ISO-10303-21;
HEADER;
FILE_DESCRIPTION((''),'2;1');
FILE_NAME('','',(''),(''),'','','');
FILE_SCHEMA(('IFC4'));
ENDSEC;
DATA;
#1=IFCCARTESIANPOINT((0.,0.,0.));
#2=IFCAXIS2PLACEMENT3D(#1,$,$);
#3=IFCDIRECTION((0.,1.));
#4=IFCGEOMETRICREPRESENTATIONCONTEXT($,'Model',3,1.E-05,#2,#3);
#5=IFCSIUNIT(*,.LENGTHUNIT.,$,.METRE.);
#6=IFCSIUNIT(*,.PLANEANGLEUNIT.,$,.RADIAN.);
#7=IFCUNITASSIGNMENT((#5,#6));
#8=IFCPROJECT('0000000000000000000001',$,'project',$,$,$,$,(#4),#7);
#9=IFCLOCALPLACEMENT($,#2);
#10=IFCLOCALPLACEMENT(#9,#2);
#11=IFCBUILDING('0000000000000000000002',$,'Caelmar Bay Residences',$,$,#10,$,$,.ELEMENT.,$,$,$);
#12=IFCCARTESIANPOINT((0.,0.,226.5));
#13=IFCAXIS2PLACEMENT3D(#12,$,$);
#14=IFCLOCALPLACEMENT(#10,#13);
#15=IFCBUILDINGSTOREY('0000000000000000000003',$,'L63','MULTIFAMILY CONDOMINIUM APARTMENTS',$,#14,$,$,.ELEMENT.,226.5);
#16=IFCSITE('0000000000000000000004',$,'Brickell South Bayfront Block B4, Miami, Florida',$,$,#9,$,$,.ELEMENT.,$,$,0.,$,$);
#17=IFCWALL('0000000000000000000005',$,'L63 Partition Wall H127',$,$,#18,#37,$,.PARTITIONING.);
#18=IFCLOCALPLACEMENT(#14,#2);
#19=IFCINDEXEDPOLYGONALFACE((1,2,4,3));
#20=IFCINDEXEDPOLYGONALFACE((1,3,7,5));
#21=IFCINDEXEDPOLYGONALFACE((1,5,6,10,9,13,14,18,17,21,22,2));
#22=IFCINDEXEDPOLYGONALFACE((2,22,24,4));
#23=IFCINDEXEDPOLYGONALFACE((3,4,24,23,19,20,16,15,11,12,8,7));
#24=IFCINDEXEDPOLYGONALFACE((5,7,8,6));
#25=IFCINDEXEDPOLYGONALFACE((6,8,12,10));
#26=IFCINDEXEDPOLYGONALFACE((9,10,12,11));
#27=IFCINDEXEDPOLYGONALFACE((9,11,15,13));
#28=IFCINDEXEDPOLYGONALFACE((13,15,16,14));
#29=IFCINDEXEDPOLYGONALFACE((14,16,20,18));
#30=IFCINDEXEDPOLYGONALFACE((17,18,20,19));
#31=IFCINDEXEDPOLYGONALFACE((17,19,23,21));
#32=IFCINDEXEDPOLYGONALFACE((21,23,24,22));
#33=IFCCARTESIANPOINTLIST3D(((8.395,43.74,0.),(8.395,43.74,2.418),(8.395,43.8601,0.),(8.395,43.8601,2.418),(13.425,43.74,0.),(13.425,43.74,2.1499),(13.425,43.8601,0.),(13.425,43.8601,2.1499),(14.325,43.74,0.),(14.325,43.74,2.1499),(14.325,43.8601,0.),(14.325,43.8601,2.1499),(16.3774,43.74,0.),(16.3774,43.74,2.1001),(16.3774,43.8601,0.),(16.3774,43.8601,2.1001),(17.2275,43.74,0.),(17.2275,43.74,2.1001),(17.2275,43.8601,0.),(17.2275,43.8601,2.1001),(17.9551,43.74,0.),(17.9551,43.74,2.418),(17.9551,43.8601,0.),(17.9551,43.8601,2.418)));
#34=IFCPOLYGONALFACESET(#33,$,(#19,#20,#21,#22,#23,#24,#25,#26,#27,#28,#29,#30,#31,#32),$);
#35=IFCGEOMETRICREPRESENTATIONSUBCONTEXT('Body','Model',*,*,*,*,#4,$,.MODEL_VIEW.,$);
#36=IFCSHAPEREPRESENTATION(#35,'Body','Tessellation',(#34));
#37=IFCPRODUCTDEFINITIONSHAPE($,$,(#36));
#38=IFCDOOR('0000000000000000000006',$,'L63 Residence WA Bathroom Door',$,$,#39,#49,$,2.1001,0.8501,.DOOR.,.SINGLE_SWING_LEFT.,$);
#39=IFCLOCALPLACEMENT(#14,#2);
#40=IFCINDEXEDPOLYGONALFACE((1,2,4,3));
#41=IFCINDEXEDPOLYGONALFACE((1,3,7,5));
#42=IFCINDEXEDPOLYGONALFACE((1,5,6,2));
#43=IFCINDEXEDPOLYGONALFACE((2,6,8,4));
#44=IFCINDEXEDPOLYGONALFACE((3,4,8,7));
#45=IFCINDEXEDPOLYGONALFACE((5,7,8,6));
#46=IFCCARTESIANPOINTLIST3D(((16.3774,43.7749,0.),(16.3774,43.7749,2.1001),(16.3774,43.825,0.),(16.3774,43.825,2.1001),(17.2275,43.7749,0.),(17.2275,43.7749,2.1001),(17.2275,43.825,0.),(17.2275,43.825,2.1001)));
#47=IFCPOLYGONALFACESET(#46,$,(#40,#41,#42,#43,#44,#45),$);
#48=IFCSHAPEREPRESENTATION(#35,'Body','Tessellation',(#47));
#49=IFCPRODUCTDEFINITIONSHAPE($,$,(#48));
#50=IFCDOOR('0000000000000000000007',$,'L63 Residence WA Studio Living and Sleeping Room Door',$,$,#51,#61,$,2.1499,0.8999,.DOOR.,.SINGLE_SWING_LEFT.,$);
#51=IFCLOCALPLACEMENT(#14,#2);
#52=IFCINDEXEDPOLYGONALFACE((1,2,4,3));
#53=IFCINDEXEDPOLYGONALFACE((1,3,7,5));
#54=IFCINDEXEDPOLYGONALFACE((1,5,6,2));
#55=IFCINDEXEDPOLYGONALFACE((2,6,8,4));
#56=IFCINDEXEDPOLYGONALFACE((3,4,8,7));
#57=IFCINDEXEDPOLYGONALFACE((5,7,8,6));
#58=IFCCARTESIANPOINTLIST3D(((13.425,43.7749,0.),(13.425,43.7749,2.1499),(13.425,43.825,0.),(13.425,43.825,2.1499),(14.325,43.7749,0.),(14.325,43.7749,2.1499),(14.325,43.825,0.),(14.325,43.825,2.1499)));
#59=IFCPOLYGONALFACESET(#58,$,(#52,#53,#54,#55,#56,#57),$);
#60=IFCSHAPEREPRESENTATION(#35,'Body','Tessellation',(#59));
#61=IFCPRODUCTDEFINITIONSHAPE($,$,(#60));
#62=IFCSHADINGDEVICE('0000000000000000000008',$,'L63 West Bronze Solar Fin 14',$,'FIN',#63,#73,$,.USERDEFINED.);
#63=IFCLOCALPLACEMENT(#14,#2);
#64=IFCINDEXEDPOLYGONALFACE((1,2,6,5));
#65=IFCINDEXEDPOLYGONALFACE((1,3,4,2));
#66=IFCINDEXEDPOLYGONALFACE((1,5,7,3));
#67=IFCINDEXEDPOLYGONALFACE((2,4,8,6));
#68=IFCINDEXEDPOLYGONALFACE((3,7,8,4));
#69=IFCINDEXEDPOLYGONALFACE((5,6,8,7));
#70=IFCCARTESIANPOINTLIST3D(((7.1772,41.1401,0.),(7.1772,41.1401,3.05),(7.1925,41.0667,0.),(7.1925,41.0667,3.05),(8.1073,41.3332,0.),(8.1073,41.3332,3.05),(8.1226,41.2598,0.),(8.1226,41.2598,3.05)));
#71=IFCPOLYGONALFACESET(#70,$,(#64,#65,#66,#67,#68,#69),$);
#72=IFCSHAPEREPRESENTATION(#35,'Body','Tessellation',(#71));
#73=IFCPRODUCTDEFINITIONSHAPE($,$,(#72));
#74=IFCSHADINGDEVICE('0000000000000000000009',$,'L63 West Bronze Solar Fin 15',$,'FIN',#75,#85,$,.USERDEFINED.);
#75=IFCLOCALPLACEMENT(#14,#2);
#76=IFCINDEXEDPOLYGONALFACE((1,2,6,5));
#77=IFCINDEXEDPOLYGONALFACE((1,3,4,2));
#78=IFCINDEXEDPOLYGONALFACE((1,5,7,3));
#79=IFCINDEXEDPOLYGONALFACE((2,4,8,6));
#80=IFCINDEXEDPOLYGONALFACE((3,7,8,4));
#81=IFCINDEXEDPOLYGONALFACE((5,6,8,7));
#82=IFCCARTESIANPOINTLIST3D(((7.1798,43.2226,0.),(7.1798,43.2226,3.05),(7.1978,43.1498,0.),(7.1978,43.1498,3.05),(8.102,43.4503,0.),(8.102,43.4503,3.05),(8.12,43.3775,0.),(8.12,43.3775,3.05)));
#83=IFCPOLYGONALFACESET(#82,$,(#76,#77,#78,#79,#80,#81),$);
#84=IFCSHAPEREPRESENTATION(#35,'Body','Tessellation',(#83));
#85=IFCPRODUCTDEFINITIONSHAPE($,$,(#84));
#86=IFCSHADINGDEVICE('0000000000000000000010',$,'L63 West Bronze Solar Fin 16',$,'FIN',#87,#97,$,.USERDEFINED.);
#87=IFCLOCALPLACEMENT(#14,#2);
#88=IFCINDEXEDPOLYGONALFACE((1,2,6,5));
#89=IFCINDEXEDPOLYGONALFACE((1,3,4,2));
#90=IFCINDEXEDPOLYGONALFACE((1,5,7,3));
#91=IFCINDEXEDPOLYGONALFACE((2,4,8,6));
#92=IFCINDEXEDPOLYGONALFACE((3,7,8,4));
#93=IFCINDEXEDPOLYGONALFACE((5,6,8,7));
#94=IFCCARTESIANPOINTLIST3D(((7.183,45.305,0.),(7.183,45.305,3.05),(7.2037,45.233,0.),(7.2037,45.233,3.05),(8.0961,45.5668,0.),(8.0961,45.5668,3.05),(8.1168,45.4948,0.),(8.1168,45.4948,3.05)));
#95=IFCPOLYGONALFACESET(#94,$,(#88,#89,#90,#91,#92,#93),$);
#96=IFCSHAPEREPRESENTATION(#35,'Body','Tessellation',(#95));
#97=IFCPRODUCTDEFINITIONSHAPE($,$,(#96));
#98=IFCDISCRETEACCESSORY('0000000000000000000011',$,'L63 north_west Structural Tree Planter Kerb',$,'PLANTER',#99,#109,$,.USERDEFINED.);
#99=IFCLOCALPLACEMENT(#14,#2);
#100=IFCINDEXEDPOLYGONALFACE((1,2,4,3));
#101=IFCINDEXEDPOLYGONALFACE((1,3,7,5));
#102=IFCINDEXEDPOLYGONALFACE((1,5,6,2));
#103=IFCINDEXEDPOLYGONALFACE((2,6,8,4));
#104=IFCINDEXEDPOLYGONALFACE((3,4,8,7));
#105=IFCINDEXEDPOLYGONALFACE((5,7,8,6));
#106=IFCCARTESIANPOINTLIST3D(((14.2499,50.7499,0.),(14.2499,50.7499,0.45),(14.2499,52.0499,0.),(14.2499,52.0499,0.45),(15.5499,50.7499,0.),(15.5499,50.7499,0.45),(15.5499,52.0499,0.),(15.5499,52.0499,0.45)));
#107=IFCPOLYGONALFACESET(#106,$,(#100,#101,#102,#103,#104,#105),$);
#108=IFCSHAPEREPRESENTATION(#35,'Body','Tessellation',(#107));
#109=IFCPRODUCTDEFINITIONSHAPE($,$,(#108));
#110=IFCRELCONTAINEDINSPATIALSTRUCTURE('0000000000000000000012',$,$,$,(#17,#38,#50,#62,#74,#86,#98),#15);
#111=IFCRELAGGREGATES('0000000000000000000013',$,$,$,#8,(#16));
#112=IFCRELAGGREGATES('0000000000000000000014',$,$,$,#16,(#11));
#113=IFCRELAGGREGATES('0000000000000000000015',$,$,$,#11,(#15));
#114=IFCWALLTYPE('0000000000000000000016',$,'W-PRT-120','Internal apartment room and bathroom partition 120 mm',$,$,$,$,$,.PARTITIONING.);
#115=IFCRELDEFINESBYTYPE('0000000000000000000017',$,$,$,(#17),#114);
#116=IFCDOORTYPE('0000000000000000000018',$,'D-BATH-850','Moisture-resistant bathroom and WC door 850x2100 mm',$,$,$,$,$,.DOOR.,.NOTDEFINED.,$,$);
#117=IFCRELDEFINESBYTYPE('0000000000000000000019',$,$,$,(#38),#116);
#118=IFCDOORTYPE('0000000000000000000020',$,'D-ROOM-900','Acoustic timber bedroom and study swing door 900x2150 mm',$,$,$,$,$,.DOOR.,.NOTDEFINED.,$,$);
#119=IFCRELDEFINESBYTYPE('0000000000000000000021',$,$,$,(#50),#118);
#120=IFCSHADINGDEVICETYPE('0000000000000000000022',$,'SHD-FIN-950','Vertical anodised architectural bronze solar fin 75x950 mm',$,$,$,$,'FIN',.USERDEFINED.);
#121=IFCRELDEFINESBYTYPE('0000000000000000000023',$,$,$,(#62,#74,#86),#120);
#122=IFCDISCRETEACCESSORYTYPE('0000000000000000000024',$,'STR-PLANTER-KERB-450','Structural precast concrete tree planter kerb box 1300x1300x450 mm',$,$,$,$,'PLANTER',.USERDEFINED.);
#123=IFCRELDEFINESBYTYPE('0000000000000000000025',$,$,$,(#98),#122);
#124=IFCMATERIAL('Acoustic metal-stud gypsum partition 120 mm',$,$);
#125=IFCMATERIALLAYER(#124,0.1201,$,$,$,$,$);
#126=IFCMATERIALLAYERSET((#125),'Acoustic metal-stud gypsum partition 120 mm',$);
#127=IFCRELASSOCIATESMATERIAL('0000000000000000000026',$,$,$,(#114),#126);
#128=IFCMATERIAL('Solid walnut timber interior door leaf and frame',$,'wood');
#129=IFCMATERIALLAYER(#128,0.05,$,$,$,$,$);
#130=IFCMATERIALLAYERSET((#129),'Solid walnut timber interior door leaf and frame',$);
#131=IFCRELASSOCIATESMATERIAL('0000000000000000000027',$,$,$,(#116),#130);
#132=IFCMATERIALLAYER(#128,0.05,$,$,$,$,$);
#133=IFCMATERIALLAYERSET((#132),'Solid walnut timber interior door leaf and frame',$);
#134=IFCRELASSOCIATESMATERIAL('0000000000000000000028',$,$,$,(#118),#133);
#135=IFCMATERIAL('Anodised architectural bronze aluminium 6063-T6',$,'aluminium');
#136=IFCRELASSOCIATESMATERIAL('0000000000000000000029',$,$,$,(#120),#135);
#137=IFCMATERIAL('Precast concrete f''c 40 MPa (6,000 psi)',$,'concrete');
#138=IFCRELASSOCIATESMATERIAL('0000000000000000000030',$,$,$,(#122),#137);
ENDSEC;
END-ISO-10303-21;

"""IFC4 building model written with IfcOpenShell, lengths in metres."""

from ifc_helpers import new_model, si_unit, direction, frame, frame_2d, origin, origin_2d, place, context, subcontext, project, spatial, rectangle, extrude, material, layer, layer_set, material_profile, profile_set, type_object, element, fill, save


model = new_model("IFC4")

# Units and contexts
model_context = context("Model", 3, precision=1e-05, world=origin(), true_north=direction((0.0, 1.0)))
body_context = subcontext(model_context, "Body", "Model", "MODEL_VIEW")
ifc_project = project(units=[si_unit("LENGTHUNIT", "METRE"), si_unit("PLANEANGLEUNIT", "RADIAN")], contexts=[model_context])

# Site, building, storey
site_placement = place(None, origin())
site = spatial("IfcSite", under=ifc_project, at=site_placement, Name="Brickell South Bayfront Block B4, Miami, Florida", CompositionType="ELEMENT", RefElevation=0.0)
building_placement = place(site_placement, origin())
building = spatial("IfcBuilding", under=site, at=building_placement, Name="Caelmar Bay Residences", CompositionType="ELEMENT")
storey_placement = place(building_placement, frame((0.0, 0.0, 226.5)))
storey = spatial("IfcBuildingStorey", under=building, at=storey_placement, Name="L63", Description="MULTIFAMILY CONDOMINIUM APARTMENTS", CompositionType="ELEMENT", Elevation=226.5)

# Shared definitions
ifc_material_1 = material(Name="Precast concrete f'c 40 MPa (6,000 psi)", Category="concrete")

# Shared definitions
ifc_material_2 = material(Name="Acoustic metal-stud gypsum partition 120 mm")
ifc_layer_1 = layer(ifc_material_2, 0.1201)
ifc_layer_set_1 = layer_set([ifc_layer_1], Name="Acoustic metal-stud gypsum partition 120 mm")
wall_type_1 = type_object("IfcWallType", Name="W-PRT-120", Description="Internal apartment room and bathroom partition 120 mm", PredefinedType="PARTITIONING", material=ifc_layer_set_1)

# Wall, openings, doors
wall_1_placement = place(storey_placement, frame((8.395, 43.8, 0.0), z_axis=(0.0, 0.0, 1.0), x_axis=(1.0, 0.0, 0.0)))
wall_1 = element("IfcWall", 1, at=wall_1_placement, inside=storey, type_object=wall_type_1, Name="L63 Partition Wall H127", PredefinedType="PARTITIONING", context=body_context, shape_type="SweptSolid", body=[
    extrude(rectangle(XDim=9.5601, YDim=0.1201, at=frame_2d((4.78, 0.0))), origin(), (0.0, 0.0, 1.0), 2.418),
])
opening_1_placement = place(wall_1_placement, frame((5.03, 0.0, 0.0)))
opening_1 = element("IfcOpeningElement", 2, at=opening_1_placement, cuts=wall_1, PredefinedType="OPENING", context=body_context, shape_type="SweptSolid", body=[
    extrude(rectangle(XDim=0.8999, YDim=2.1499, at=frame_2d((0.45, 1.075))), frame((0.0, 0.0701, 0.0), z_axis=(0.0, -1.0, 0.0), x_axis=(1.0, 0.0, 0.0)), (0.0, 0.0, 1.0), 0.1401),
])
opening_2_placement = place(wall_1_placement, frame((7.9824, 0.0, 0.0)))
opening_2 = element("IfcOpeningElement", 3, at=opening_2_placement, cuts=wall_1, PredefinedType="OPENING", context=body_context, shape_type="SweptSolid", body=[
    extrude(rectangle(XDim=0.8501, YDim=2.1001, at=frame_2d((0.425, 1.05))), frame((0.0, 0.0701, 0.0), z_axis=(0.0, -1.0, 0.0), x_axis=(1.0, 0.0, 0.0)), (0.0, 0.0, 1.0), 0.1401),
])
ifc_material_3 = material(Name="Solid walnut timber interior door leaf and frame", Category="wood")
ifc_layer_2 = layer(ifc_material_3, 0.05)
ifc_layer_set_2 = layer_set([ifc_layer_2], Name="Solid walnut timber interior door leaf and frame")
door_type_1 = type_object("IfcDoorType", Name="D-BATH-850", Description="Moisture-resistant bathroom and WC door 850x2100 mm", OperationType="NOTDEFINED", PredefinedType="DOOR", material=ifc_layer_set_2)
door_1_placement = place(opening_2_placement, origin())
door_1 = element("IfcDoor", 4, at=door_1_placement, inside=storey, type_object=door_type_1, Name="L63 Residence WA Bathroom Door", OperationType="SINGLE_SWING_LEFT", OverallHeight=2.1001, OverallWidth=0.8501, PredefinedType="DOOR", context=body_context, shape_type="SweptSolid", body=[
    extrude(rectangle(XDim=0.8501, YDim=2.1001, at=frame_2d((0.425, 1.05))), frame((0.0, 0.0249, 0.0), z_axis=(0.0, -1.0, 0.0), x_axis=(1.0, 0.0, 0.0)), (0.0, 0.0, 1.0), 0.05),
])
fill(opening_2, door_1)
ifc_layer_3 = layer(ifc_material_3, 0.05)
ifc_layer_set_3 = layer_set([ifc_layer_3], Name="Solid walnut timber interior door leaf and frame")
door_type_2 = type_object("IfcDoorType", Name="D-ROOM-900", Description="Acoustic timber bedroom and study swing door 900x2150 mm", OperationType="NOTDEFINED", PredefinedType="DOOR", material=ifc_layer_set_3)
door_2_placement = place(opening_1_placement, origin())
door_2 = element("IfcDoor", 5, at=door_2_placement, inside=storey, type_object=door_type_2, Name="L63 Residence WA Studio Living and Sleeping Room Door", OperationType="SINGLE_SWING_LEFT", OverallHeight=2.1499, OverallWidth=0.8999, PredefinedType="DOOR", context=body_context, shape_type="SweptSolid", body=[
    extrude(rectangle(XDim=0.8999, YDim=2.1499, at=frame_2d((0.45, 1.075))), frame((0.0, 0.0249, 0.0), z_axis=(0.0, -1.0, 0.0), x_axis=(1.0, 0.0, 0.0)), (0.0, 0.0, 1.0), 0.05),
])
fill(opening_1, door_2)

# Shading devices
ifc_material_4 = material(Name="Anodised architectural bronze aluminium 6063-T6", Category="aluminium")
ifc_material_profile_1 = material_profile(ifc_material_4, rectangle(XDim=0.075, YDim=0.95, at=origin_2d()), Name="BRONZE-FIN-75X950")
ifc_profile_set_1 = profile_set([ifc_material_profile_1], Name="Anodised architectural bronze aluminium 6063-T6")
shading_device_type = type_object("IfcShadingDeviceType", Name="SHD-FIN-950", Description="Vertical anodised architectural bronze solar fin 75x950 mm", ElementType="FIN", PredefinedType="USERDEFINED", material=ifc_profile_set_1)
for number, where, z_axis, x_axis, name in (
    (6, (7.6499, 41.2, 0.0), (0.0, 0.0, 1.0), (-0.2033, 0.979116, 0.0), "L63 West Bronze Solar Fin 14"),
    (7, (7.6499, 43.3, 0.0), (0.0, 0.0, 1.0), (-0.23972, 0.970842, 0.0), "L63 West Bronze Solar Fin 15"),
    (8, (7.6499, 45.3999, 0.0), (0.0, 0.0, 1.0), (-0.275637, 0.961262, 0.0), "L63 West Bronze Solar Fin 16"),
):
    element("IfcShadingDevice", number, at=place(storey_placement, frame(where, z_axis=z_axis, x_axis=x_axis)), inside=storey, type_object=shading_device_type, Name=name, ObjectType="FIN", PredefinedType="USERDEFINED", context=body_context, shape_type="SweptSolid", body=[
        extrude(rectangle(XDim=0.075, YDim=0.95, at=origin_2d()), origin(), (0.0, 0.0, 1.0), 3.05),
    ])

# Discrete accessory
discrete_accessory_type = type_object("IfcDiscreteAccessoryType", Name="STR-PLANTER-KERB-450", Description="Structural precast concrete tree planter kerb box 1300x1300x450 mm", ElementType="PLANTER", PredefinedType="USERDEFINED", material=ifc_material_1)
discrete_accessory_placement = place(storey_placement, frame((14.8999, 51.3999, 0.0), z_axis=(0.0, 0.0, 1.0), x_axis=(1.0, 0.0, 0.0)))
element("IfcDiscreteAccessory", 9, at=discrete_accessory_placement, inside=storey, type_object=discrete_accessory_type, Name="L63 north_west Structural Tree Planter Kerb", ObjectType="PLANTER", PredefinedType="USERDEFINED", context=body_context, shape_type="SweptSolid", body=[
    extrude(rectangle(XDim=1.3, YDim=1.3, at=origin_2d()), origin(), (0.0, 0.0, 1.0), 0.45),
])

save(model, "model.ifc")
